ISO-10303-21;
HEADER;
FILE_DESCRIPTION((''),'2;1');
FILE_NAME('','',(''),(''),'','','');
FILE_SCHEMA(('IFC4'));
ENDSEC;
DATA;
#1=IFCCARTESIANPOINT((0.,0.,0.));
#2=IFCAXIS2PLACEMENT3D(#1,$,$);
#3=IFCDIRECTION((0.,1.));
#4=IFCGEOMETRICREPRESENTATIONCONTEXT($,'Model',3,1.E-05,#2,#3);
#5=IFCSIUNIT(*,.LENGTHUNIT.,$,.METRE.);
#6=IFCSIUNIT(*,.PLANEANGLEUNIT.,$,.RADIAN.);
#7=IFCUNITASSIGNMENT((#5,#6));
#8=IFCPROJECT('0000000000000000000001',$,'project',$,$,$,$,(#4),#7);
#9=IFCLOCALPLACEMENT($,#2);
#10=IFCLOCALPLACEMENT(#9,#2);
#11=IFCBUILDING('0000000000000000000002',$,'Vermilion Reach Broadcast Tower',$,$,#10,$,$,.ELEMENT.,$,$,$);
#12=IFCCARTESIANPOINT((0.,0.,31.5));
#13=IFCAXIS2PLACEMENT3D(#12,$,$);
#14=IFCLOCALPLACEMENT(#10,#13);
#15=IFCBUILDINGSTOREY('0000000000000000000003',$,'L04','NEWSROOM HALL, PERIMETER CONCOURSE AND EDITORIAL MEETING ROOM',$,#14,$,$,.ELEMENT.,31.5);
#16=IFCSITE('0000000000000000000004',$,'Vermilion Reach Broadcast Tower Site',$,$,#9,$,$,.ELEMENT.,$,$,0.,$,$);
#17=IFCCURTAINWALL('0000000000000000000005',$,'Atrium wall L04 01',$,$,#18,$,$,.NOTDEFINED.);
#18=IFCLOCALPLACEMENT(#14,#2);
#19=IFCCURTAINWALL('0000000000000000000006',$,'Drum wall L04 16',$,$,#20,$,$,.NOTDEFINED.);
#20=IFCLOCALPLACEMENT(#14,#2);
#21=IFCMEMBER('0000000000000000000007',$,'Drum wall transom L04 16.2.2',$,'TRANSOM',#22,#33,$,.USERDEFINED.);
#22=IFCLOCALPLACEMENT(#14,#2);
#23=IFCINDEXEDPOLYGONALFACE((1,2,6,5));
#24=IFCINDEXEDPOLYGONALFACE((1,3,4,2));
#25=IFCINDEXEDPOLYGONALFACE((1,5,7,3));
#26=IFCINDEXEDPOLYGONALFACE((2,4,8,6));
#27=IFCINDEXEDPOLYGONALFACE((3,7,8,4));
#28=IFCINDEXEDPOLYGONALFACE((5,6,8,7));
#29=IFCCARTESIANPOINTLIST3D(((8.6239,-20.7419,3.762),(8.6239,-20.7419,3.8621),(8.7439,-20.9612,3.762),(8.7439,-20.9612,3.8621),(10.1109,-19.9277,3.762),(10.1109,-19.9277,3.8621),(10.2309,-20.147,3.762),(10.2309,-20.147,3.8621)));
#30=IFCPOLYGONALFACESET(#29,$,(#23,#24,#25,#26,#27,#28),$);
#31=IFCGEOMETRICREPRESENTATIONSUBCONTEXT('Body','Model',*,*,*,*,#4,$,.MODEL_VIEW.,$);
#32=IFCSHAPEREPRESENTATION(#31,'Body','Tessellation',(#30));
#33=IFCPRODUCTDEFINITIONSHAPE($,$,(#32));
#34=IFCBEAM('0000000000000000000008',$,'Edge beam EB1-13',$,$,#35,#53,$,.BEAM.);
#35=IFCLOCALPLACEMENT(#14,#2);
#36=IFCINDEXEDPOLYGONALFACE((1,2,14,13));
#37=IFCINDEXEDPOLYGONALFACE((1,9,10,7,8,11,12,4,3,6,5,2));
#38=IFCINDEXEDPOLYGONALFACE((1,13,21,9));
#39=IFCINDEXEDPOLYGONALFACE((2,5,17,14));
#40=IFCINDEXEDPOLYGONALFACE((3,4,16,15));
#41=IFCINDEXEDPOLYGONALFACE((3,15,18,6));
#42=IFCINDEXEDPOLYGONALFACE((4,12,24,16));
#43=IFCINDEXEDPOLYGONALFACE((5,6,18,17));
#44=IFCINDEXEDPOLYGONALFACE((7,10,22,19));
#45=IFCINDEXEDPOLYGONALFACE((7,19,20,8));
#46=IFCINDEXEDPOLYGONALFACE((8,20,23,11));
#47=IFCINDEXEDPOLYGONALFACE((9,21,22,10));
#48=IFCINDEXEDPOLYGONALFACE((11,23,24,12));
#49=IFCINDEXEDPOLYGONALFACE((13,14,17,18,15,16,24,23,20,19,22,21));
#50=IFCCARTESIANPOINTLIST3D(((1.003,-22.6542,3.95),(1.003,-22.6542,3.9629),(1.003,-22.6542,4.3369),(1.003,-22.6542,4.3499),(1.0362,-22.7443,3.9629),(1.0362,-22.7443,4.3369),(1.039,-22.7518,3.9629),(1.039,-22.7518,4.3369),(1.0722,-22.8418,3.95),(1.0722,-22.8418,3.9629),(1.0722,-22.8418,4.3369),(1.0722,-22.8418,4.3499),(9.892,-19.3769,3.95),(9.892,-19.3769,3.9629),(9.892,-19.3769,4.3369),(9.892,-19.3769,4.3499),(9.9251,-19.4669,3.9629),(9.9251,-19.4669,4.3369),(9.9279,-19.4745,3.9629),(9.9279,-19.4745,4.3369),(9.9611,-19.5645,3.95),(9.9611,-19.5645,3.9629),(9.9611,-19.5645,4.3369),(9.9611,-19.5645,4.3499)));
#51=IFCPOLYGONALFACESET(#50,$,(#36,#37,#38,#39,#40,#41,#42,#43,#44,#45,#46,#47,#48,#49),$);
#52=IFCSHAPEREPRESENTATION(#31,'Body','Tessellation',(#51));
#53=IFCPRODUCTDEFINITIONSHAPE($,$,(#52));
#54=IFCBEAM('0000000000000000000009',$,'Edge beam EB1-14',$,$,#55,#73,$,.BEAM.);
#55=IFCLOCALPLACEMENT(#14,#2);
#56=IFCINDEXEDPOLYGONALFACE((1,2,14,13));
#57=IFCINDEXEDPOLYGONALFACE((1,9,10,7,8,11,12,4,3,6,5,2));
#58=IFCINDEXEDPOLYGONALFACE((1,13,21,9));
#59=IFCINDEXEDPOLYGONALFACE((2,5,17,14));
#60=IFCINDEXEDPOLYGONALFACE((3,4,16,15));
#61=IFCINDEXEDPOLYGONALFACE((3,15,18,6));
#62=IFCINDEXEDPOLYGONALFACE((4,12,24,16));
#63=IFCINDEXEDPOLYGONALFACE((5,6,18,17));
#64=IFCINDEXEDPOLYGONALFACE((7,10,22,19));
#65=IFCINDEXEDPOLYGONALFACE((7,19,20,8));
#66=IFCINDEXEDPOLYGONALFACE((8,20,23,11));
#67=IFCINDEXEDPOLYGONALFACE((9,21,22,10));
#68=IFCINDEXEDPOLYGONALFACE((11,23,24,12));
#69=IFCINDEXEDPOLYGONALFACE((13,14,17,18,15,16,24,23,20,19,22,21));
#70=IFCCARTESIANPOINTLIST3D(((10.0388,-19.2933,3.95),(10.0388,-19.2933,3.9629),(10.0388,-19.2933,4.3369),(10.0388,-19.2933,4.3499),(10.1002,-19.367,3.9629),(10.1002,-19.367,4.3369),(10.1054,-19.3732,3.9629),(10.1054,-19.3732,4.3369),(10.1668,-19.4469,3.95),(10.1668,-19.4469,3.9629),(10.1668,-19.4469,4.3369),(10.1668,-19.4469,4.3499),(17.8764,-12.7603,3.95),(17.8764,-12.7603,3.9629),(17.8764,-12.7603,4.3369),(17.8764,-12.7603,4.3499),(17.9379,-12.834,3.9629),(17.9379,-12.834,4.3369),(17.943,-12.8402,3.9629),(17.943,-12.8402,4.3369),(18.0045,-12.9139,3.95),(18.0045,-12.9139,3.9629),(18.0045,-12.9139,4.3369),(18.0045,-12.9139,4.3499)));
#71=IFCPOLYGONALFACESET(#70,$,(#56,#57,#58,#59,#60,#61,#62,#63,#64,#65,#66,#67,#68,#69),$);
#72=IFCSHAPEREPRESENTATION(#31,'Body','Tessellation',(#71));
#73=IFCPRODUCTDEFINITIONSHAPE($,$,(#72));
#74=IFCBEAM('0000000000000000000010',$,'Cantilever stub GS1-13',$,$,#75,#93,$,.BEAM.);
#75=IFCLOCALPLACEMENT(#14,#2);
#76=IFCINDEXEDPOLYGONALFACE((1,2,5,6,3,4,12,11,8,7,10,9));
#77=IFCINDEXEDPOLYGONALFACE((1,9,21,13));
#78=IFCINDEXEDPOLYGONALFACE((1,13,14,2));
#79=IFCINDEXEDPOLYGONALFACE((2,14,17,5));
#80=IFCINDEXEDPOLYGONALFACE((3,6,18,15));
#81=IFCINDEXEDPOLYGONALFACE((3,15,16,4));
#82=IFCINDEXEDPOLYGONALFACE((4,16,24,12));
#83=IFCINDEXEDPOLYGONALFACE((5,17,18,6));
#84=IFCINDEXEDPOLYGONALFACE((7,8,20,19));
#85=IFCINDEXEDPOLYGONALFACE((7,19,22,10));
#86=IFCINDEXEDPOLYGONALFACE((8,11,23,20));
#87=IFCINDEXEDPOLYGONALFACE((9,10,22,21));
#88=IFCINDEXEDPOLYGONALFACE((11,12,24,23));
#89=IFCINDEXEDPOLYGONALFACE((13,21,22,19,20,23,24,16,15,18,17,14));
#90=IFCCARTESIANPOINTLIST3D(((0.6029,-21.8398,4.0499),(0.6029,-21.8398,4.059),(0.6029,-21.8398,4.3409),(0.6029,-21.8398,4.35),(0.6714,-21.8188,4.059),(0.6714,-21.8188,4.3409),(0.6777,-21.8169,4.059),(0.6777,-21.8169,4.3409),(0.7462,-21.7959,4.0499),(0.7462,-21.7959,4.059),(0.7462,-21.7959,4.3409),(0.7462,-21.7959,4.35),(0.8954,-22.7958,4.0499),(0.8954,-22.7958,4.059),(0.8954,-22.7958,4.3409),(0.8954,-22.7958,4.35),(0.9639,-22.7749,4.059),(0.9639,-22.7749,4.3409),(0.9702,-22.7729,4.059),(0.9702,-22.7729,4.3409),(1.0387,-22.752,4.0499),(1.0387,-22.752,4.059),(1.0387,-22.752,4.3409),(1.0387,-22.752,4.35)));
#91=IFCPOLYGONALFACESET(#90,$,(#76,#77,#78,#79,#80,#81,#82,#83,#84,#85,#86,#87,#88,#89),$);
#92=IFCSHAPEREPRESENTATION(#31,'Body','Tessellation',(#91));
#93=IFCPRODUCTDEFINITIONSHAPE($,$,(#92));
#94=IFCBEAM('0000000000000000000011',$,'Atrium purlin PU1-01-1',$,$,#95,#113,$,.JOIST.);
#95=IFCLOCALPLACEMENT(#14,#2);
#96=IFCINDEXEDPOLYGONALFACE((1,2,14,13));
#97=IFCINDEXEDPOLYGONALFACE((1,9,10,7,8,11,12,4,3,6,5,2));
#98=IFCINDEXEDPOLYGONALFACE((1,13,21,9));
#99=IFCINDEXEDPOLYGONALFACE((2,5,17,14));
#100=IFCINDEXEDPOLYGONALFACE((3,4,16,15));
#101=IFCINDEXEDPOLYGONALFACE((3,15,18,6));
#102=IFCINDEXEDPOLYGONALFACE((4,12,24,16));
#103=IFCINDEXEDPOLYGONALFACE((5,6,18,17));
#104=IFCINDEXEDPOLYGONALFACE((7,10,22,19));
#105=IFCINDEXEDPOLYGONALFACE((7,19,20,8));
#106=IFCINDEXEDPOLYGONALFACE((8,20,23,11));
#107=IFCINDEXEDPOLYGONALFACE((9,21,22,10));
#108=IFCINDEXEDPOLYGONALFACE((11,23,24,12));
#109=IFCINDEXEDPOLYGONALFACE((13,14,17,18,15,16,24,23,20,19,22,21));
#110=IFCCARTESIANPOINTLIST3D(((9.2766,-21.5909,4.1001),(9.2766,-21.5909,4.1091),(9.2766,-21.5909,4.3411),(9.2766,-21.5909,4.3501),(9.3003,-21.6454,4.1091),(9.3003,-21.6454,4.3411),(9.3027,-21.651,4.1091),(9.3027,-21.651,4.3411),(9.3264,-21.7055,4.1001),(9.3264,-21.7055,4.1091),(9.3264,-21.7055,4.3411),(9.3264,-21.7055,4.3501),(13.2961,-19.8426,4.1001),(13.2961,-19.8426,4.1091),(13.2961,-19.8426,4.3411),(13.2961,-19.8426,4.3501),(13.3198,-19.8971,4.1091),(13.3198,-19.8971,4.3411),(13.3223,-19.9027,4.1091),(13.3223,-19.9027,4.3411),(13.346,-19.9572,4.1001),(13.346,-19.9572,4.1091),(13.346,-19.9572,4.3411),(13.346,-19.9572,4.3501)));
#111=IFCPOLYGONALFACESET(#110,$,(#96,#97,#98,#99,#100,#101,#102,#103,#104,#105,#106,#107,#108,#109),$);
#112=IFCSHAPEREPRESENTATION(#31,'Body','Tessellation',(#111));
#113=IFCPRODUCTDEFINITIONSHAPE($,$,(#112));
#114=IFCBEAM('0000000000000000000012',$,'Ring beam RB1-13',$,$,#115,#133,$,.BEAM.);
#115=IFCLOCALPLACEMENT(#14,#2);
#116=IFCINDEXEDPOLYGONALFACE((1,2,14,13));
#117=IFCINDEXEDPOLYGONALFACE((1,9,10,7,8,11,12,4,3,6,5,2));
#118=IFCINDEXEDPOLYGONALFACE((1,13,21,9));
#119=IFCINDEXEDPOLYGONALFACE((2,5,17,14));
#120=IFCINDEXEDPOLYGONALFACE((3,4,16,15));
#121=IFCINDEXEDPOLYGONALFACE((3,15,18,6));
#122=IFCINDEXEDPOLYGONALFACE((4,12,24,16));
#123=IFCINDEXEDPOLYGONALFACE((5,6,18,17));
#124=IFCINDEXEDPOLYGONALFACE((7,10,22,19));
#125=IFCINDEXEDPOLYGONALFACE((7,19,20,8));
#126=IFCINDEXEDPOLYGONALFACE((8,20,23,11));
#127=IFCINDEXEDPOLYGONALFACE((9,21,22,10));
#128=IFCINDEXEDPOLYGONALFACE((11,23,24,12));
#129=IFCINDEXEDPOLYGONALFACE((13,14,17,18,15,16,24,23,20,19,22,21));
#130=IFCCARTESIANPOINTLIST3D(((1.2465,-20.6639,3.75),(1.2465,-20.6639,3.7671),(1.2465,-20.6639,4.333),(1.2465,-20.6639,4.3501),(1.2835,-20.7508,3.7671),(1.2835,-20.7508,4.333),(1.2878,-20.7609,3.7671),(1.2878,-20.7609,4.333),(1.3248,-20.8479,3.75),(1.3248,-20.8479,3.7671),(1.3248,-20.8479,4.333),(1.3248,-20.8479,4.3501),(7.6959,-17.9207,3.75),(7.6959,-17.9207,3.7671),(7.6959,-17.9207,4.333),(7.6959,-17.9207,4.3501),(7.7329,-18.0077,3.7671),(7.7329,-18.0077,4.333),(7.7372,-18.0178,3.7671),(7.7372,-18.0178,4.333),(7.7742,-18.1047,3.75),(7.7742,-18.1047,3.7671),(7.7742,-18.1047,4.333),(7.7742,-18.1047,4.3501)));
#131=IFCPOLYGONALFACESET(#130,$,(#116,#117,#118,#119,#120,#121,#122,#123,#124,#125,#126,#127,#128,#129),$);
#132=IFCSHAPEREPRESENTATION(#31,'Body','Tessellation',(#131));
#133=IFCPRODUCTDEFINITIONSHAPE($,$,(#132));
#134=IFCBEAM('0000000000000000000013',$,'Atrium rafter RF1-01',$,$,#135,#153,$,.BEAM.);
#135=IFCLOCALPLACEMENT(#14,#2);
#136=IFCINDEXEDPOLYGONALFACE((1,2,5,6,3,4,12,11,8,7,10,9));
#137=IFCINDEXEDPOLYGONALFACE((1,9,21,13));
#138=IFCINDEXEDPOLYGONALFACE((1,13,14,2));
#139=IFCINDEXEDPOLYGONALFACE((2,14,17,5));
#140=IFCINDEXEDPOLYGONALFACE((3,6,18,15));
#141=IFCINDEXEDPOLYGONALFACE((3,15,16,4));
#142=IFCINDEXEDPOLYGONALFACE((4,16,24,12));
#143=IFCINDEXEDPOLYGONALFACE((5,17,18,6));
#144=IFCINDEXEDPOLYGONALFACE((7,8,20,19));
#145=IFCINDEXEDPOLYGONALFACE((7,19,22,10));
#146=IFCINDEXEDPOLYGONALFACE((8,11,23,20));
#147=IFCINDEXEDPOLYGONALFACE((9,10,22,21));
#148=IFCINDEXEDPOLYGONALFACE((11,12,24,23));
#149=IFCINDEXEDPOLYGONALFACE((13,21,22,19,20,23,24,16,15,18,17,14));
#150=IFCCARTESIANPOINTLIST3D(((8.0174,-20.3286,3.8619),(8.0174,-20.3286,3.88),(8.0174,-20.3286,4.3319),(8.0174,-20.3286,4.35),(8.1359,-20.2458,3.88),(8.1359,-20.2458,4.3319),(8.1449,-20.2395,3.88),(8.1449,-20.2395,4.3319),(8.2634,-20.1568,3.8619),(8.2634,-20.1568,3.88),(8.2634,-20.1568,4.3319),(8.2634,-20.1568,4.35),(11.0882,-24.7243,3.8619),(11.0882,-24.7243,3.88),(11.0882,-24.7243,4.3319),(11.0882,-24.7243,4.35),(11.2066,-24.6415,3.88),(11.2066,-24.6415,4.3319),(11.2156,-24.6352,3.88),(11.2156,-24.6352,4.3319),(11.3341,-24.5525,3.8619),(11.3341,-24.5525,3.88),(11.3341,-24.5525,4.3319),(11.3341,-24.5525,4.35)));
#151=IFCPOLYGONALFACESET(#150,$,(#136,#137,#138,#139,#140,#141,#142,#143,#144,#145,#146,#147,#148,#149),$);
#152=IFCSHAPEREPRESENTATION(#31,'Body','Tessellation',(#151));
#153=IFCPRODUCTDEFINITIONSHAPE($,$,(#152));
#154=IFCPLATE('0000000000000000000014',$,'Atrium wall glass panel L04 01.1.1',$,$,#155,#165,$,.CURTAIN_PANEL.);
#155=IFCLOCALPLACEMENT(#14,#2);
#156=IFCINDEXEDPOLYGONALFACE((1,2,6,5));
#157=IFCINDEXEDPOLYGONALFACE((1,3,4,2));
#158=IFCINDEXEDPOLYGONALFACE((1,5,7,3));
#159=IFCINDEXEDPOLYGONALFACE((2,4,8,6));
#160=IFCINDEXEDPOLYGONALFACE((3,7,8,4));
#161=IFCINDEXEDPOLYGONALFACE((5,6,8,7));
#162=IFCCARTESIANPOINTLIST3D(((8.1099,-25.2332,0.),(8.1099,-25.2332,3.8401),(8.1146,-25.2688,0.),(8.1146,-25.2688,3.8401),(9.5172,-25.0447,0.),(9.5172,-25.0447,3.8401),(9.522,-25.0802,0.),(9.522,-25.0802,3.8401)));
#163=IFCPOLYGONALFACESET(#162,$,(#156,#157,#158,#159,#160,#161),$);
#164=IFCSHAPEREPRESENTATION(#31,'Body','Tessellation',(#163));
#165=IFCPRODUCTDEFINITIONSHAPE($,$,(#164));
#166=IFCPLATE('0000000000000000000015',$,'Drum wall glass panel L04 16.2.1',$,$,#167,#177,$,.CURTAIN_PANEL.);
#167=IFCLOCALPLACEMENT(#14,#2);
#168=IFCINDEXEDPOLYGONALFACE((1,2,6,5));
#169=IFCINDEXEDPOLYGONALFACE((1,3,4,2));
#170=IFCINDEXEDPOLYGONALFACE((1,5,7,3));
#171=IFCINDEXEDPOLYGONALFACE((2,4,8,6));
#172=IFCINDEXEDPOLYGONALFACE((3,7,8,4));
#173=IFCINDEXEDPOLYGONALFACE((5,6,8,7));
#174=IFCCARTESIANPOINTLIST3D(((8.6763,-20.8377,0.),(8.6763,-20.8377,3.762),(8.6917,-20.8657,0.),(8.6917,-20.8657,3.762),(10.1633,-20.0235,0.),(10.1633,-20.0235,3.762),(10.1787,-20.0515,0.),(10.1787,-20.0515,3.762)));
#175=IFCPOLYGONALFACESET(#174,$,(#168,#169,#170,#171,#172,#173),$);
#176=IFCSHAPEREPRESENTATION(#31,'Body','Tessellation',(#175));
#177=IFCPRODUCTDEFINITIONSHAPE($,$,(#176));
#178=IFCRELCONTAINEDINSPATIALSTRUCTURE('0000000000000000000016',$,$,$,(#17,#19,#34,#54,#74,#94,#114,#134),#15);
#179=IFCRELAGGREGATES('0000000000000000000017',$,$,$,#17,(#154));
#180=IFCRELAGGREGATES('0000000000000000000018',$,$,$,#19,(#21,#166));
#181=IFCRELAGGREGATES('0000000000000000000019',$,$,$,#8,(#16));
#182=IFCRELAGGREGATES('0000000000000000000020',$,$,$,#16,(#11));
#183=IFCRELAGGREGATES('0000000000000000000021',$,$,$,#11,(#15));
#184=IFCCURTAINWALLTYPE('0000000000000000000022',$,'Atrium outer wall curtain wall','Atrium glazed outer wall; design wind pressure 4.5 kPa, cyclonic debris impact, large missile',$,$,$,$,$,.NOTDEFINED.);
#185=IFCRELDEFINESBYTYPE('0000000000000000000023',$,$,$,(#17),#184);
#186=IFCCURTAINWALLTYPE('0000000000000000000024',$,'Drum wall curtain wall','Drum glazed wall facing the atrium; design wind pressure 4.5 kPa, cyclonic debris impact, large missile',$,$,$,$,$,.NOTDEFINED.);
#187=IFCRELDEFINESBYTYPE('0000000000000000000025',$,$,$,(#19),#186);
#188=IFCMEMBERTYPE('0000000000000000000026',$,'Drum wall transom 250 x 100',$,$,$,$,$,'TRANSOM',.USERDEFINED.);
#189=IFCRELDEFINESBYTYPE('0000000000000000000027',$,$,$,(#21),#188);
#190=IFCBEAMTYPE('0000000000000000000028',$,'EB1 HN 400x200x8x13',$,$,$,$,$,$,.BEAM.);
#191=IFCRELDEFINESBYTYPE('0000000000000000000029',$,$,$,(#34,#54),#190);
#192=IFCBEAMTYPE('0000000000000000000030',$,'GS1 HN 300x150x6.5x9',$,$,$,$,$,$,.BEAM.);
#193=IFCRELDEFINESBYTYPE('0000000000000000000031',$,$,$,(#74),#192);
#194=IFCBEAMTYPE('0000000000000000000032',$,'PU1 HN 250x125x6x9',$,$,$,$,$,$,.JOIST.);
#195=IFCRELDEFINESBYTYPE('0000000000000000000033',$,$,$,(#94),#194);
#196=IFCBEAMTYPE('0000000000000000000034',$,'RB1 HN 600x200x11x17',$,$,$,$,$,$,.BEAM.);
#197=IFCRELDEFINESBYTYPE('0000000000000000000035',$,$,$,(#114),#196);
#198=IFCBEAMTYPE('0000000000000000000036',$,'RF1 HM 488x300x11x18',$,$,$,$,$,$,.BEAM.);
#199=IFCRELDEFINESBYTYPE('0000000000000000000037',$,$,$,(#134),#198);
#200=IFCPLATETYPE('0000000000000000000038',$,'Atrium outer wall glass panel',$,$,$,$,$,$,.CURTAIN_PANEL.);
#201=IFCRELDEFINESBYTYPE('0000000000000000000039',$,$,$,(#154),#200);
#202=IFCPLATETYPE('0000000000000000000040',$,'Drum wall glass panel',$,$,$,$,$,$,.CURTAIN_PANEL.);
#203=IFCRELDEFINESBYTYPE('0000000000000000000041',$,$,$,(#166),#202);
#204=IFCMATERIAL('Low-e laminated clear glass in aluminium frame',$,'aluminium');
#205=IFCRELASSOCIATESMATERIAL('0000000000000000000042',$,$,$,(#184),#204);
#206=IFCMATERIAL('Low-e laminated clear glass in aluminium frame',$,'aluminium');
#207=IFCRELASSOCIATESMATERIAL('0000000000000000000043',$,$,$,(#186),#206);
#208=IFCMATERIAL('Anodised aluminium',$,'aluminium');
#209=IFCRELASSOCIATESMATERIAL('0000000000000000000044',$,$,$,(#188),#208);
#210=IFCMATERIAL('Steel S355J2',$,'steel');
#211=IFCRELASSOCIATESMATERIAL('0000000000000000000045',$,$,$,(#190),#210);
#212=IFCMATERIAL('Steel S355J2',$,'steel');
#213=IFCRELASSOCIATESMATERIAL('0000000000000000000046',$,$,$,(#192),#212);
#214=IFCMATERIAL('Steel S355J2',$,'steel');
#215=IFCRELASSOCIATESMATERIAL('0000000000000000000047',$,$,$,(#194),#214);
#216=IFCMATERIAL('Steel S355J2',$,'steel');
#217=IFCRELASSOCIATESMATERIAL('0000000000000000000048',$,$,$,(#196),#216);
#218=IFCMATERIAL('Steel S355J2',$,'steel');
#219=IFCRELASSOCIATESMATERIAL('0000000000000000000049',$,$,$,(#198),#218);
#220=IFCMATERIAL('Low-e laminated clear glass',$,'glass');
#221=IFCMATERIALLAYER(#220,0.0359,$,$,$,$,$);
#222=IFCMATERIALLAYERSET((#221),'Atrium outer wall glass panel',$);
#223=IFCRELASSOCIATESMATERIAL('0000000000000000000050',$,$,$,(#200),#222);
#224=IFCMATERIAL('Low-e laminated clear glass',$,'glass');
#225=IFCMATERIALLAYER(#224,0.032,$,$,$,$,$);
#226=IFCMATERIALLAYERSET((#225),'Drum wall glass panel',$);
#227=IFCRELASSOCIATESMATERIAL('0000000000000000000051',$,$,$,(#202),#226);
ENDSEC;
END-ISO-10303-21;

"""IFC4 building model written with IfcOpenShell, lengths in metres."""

from ifc_helpers import new_model, si_unit, direction, frame, origin, origin_2d, place, context, subcontext, project, spatial, rectangle, i_section, extrude, material, layer, layer_set, material_profile, profile_set, type_object, element, aggregate, save


model = new_model("IFC4")

# Units and contexts
model_context = context("Model", 3, precision=1e-05, world=origin(), true_north=direction((0.0, 1.0)))
body_context = subcontext(model_context, "Body", "Model", "MODEL_VIEW")
ifc_project = project(units=[si_unit("LENGTHUNIT", "METRE"), si_unit("PLANEANGLEUNIT", "RADIAN")], contexts=[model_context])

# Site, building, storey
site_placement = place(None, origin())
site = spatial("IfcSite", under=ifc_project, at=site_placement, Name="Vermilion Reach Broadcast Tower Site", CompositionType="ELEMENT", RefElevation=0.0)
building_placement = place(site_placement, origin())
building = spatial("IfcBuilding", under=site, at=building_placement, Name="Vermilion Reach Broadcast Tower", CompositionType="ELEMENT")
storey_placement = place(building_placement, frame((0.0, 0.0, 31.5)))
storey = spatial("IfcBuildingStorey", under=building, at=storey_placement, Name="L04", Description="NEWSROOM HALL, PERIMETER CONCOURSE AND EDITORIAL MEETING ROOM", CompositionType="ELEMENT", Elevation=31.5)

# Curtain walls, member
ifc_material_1 = material(Name="Low-e laminated clear glass in aluminium frame", Category="aluminium")
curtain_wall_type_1 = type_object("IfcCurtainWallType", Name="Atrium outer wall curtain wall", Description="Atrium glazed outer wall; design wind pressure 4.5 kPa, cyclonic debris impact, large missile", PredefinedType="NOTDEFINED", material=ifc_material_1)
placement = place(storey_placement, origin())
curtain_wall_1 = element("IfcCurtainWall", 1, at=placement, inside=storey, type_object=curtain_wall_type_1, Name="Atrium wall L04 01", PredefinedType="NOTDEFINED")
ifc_material_2 = material(Name="Low-e laminated clear glass in aluminium frame", Category="aluminium")
curtain_wall_type_2 = type_object("IfcCurtainWallType", Name="Drum wall curtain wall", Description="Drum glazed wall facing the atrium; design wind pressure 4.5 kPa, cyclonic debris impact, large missile", PredefinedType="NOTDEFINED", material=ifc_material_2)
curtain_wall_2 = element("IfcCurtainWall", 2, at=placement, inside=storey, type_object=curtain_wall_type_2, Name="Drum wall L04 16", PredefinedType="NOTDEFINED")
ifc_material_3 = material(Name="Anodised aluminium", Category="aluminium")
ifc_material_profile_1 = material_profile(ifc_material_3, rectangle(XDim=0.25, YDim=0.1001, at=origin_2d()), Name="Drum wall transom 250 x 100")
ifc_profile_set_1 = profile_set([ifc_material_profile_1], Name="Anodised aluminium")
member_type_1 = type_object("IfcMemberType", Name="Drum wall transom 250 x 100", ElementType="TRANSOM", PredefinedType="USERDEFINED", material=ifc_profile_set_1)
member_1_placement = place(storey_placement, frame((10.1709, -20.0374, 3.812), z_axis=(-0.877129, -0.480254, 0.0), x_axis=(0.480254, -0.877129, 0.0)))
member_1 = element("IfcMember", 3, at=member_1_placement, type_object=member_type_1, Name="Drum wall transom L04 16.2.2", ObjectType="TRANSOM", PredefinedType="USERDEFINED", context=body_context, shape_type="SweptSolid", body=[
    extrude(rectangle(XDim=0.25, YDim=0.1001, at=origin_2d()), origin(), (0.0, 0.0, 1.0), 1.6953),
])

# Beams
ifc_material_4 = material(Name="Steel S355J2", Category="steel")
ifc_material_profile_2 = material_profile(ifc_material_4, i_section(OverallWidth=0.2, OverallDepth=0.3999, WebThickness=0.0081, FlangeThickness=0.0129, at=origin_2d()), Name="S355J2 HN 400x200x8x13")
ifc_profile_set_2 = profile_set([ifc_material_profile_2], Name="Steel S355J2")
beam_type_1 = type_object("IfcBeamType", Name="EB1 HN 400x200x8x13", PredefinedType="BEAM", material=ifc_profile_set_2)
beam_1_placement = place(storey_placement, frame((1.0376, -22.748, 4.1499), z_axis=(0.938258, 0.345936, 0.0), x_axis=(-0.345936, 0.938258, 0.0)))
element("IfcBeam", 4, at=beam_1_placement, inside=storey, type_object=beam_type_1, Name="Edge beam EB1-13", PredefinedType="BEAM", context=body_context, shape_type="SweptSolid", body=[
    extrude(i_section(OverallWidth=0.2, OverallDepth=0.3999, WebThickness=0.0081, FlangeThickness=0.0129, at=origin_2d()), origin(), (0.0, 0.0, 1.0), 9.4739),
])
beam_2_placement = place(storey_placement, frame((10.1028, -19.3701, 4.1499), z_axis=(0.768145, 0.640276, 0.0), x_axis=(-0.640276, 0.768145, 0.0)))
element("IfcBeam", 5, at=beam_2_placement, inside=storey, type_object=beam_type_1, Name="Edge beam EB1-14", PredefinedType="BEAM", context=body_context, shape_type="SweptSolid", body=[
    extrude(i_section(OverallWidth=0.2, OverallDepth=0.3999, WebThickness=0.0081, FlangeThickness=0.0129, at=origin_2d()), origin(), (0.0, 0.0, 1.0), 10.2034),
])
ifc_material_5 = material(Name="Steel S355J2", Category="steel")
ifc_material_profile_3 = material_profile(ifc_material_5, i_section(OverallWidth=0.1499, OverallDepth=0.3, WebThickness=0.0066, FlangeThickness=0.009, at=origin_2d()), Name="S355J2 HN 300x150x6.5x9")
ifc_profile_set_3 = profile_set([ifc_material_profile_3], Name="Steel S355J2")
beam_type_2 = type_object("IfcBeamType", Name="GS1 HN 300x150x6.5x9", PredefinedType="BEAM", material=ifc_profile_set_3)
beam_3_placement = place(storey_placement, frame((0.6746, -21.8179, 4.2), z_axis=(0.292541, -0.956253, 0.0), x_axis=(0.956253, 0.292541, 0.0)))
element("IfcBeam", 6, at=beam_3_placement, inside=storey, type_object=beam_type_2, Name="Cantilever stub GS1-13", PredefinedType="BEAM", context=body_context, shape_type="SweptSolid", body=[
    extrude(i_section(OverallWidth=0.1499, OverallDepth=0.3, WebThickness=0.0066, FlangeThickness=0.009, at=origin_2d()), origin(), (0.0, 0.0, 1.0), 0.9998),
])
ifc_material_6 = material(Name="Steel S355J2", Category="steel")
ifc_material_profile_4 = material_profile(ifc_material_6, i_section(OverallWidth=0.125, OverallDepth=0.25, WebThickness=0.0061, FlangeThickness=0.009, at=origin_2d()), Name="S355J2 HN 250x125x6x9")
ifc_profile_set_4 = profile_set([ifc_material_profile_4], Name="Steel S355J2")
beam_type_3 = type_object("IfcBeamType", Name="PU1 HN 250x125x6x9", PredefinedType="JOIST", material=ifc_profile_set_4)
beam_4_placement = place(storey_placement, frame((9.3015, -21.6482, 4.2251), z_axis=(0.917014, 0.398854, 0.0), x_axis=(-0.398854, 0.917014, 0.0)))
element("IfcBeam", 7, at=beam_4_placement, inside=storey, type_object=beam_type_3, Name="Atrium purlin PU1-01-1", PredefinedType="JOIST", context=body_context, shape_type="SweptSolid", body=[
    extrude(i_section(OverallWidth=0.125, OverallDepth=0.25, WebThickness=0.0061, FlangeThickness=0.009, at=origin_2d()), origin(), (0.0, 0.0, 1.0), 4.3833),
])
ifc_material_7 = material(Name="Steel S355J2", Category="steel")
ifc_material_profile_5 = material_profile(ifc_material_7, i_section(OverallWidth=0.2, OverallDepth=0.6001, WebThickness=0.011, FlangeThickness=0.0171, at=origin_2d()), Name="S355J2 HN 600x200x11x17")
ifc_profile_set_5 = profile_set([ifc_material_profile_5], Name="Steel S355J2")
beam_type_4 = type_object("IfcBeamType", Name="RB1 HN 600x200x11x17", PredefinedType="BEAM", material=ifc_profile_set_5)
beam_5_placement = place(storey_placement, frame((1.2856, -20.7559, 4.05), z_axis=(0.920221, 0.3914, 0.0), x_axis=(-0.3914, 0.920221, 0.0)))
element("IfcBeam", 8, at=beam_5_placement, inside=storey, type_object=beam_type_4, Name="Ring beam RB1-13", PredefinedType="BEAM", context=body_context, shape_type="SweptSolid", body=[
    extrude(i_section(OverallWidth=0.2, OverallDepth=0.6001, WebThickness=0.011, FlangeThickness=0.0171, at=origin_2d()), origin(), (0.0, 0.0, 1.0), 7.0085),
])
ifc_material_8 = material(Name="Steel S355J2", Category="steel")
ifc_material_profile_6 = material_profile(ifc_material_8, i_section(OverallWidth=0.3, OverallDepth=0.488, WebThickness=0.011, FlangeThickness=0.0181, at=origin_2d()), Name="S355J2 HM 488x300x11x18")
ifc_profile_set_6 = profile_set([ifc_material_profile_6], Name="Steel S355J2")
beam_type_5 = type_object("IfcBeamType", Name="RF1 HM 488x300x11x18", PredefinedType="BEAM", material=ifc_profile_set_6)
beam_6_placement = place(storey_placement, frame((8.1404, -20.2427, 4.106), z_axis=(0.572683, -0.819777, 0.0), x_axis=(0.819777, 0.572683, 0.0)))
element("IfcBeam", 9, at=beam_6_placement, inside=storey, type_object=beam_type_5, Name="Atrium rafter RF1-01", PredefinedType="BEAM", context=body_context, shape_type="SweptSolid", body=[
    extrude(i_section(OverallWidth=0.3, OverallDepth=0.488, WebThickness=0.011, FlangeThickness=0.0181, at=origin_2d()), origin(), (0.0, 0.0, 1.0), 5.3621),
])

# Plates
ifc_material_9 = material(Name="Low-e laminated clear glass", Category="glass")
ifc_layer_1 = layer(ifc_material_9, 0.0359)
ifc_layer_set_1 = layer_set([ifc_layer_1], Name="Atrium outer wall glass panel")
plate_type_1 = type_object("IfcPlateType", Name="Atrium outer wall glass panel", PredefinedType="CURTAIN_PANEL", material=ifc_layer_set_1)
plate_1_placement = place(storey_placement, frame((8.8159, -25.1567, 0.0), z_axis=(0.0, 0.0, 1.0), x_axis=(0.991144, 0.132794, 0.0)))
plate_1 = element("IfcPlate", 10, at=plate_1_placement, type_object=plate_type_1, Name="Atrium wall glass panel L04 01.1.1", PredefinedType="CURTAIN_PANEL", context=body_context, shape_type="SweptSolid", body=[
    extrude(rectangle(XDim=1.4199, YDim=0.0359, at=origin_2d()), origin(), (0.0, 0.0, 1.0), 3.8401),
])
aggregate(curtain_wall_1, [plate_1])
ifc_material_10 = material(Name="Low-e laminated clear glass", Category="glass")
ifc_layer_2 = layer(ifc_material_10, 0.032)
ifc_layer_set_2 = layer_set([ifc_layer_2], Name="Drum wall glass panel")
plate_type_2 = type_object("IfcPlateType", Name="Drum wall glass panel", PredefinedType="CURTAIN_PANEL", material=ifc_layer_set_2)
plate_2_placement = place(storey_placement, frame((9.4275, -20.4446, 0.0), z_axis=(0.0, 0.0, 1.0), x_axis=(-0.877121, -0.480269, 0.0)))
plate_2 = element("IfcPlate", 11, at=plate_2_placement, type_object=plate_type_2, Name="Drum wall glass panel L04 16.2.1", PredefinedType="CURTAIN_PANEL", context=body_context, shape_type="SweptSolid", body=[
    extrude(rectangle(XDim=1.6953, YDim=0.032, at=origin_2d()), origin(), (0.0, 0.0, 1.0), 3.762),
])
aggregate(curtain_wall_2, [member_1, plate_2])

save(model, "model.ifc")
